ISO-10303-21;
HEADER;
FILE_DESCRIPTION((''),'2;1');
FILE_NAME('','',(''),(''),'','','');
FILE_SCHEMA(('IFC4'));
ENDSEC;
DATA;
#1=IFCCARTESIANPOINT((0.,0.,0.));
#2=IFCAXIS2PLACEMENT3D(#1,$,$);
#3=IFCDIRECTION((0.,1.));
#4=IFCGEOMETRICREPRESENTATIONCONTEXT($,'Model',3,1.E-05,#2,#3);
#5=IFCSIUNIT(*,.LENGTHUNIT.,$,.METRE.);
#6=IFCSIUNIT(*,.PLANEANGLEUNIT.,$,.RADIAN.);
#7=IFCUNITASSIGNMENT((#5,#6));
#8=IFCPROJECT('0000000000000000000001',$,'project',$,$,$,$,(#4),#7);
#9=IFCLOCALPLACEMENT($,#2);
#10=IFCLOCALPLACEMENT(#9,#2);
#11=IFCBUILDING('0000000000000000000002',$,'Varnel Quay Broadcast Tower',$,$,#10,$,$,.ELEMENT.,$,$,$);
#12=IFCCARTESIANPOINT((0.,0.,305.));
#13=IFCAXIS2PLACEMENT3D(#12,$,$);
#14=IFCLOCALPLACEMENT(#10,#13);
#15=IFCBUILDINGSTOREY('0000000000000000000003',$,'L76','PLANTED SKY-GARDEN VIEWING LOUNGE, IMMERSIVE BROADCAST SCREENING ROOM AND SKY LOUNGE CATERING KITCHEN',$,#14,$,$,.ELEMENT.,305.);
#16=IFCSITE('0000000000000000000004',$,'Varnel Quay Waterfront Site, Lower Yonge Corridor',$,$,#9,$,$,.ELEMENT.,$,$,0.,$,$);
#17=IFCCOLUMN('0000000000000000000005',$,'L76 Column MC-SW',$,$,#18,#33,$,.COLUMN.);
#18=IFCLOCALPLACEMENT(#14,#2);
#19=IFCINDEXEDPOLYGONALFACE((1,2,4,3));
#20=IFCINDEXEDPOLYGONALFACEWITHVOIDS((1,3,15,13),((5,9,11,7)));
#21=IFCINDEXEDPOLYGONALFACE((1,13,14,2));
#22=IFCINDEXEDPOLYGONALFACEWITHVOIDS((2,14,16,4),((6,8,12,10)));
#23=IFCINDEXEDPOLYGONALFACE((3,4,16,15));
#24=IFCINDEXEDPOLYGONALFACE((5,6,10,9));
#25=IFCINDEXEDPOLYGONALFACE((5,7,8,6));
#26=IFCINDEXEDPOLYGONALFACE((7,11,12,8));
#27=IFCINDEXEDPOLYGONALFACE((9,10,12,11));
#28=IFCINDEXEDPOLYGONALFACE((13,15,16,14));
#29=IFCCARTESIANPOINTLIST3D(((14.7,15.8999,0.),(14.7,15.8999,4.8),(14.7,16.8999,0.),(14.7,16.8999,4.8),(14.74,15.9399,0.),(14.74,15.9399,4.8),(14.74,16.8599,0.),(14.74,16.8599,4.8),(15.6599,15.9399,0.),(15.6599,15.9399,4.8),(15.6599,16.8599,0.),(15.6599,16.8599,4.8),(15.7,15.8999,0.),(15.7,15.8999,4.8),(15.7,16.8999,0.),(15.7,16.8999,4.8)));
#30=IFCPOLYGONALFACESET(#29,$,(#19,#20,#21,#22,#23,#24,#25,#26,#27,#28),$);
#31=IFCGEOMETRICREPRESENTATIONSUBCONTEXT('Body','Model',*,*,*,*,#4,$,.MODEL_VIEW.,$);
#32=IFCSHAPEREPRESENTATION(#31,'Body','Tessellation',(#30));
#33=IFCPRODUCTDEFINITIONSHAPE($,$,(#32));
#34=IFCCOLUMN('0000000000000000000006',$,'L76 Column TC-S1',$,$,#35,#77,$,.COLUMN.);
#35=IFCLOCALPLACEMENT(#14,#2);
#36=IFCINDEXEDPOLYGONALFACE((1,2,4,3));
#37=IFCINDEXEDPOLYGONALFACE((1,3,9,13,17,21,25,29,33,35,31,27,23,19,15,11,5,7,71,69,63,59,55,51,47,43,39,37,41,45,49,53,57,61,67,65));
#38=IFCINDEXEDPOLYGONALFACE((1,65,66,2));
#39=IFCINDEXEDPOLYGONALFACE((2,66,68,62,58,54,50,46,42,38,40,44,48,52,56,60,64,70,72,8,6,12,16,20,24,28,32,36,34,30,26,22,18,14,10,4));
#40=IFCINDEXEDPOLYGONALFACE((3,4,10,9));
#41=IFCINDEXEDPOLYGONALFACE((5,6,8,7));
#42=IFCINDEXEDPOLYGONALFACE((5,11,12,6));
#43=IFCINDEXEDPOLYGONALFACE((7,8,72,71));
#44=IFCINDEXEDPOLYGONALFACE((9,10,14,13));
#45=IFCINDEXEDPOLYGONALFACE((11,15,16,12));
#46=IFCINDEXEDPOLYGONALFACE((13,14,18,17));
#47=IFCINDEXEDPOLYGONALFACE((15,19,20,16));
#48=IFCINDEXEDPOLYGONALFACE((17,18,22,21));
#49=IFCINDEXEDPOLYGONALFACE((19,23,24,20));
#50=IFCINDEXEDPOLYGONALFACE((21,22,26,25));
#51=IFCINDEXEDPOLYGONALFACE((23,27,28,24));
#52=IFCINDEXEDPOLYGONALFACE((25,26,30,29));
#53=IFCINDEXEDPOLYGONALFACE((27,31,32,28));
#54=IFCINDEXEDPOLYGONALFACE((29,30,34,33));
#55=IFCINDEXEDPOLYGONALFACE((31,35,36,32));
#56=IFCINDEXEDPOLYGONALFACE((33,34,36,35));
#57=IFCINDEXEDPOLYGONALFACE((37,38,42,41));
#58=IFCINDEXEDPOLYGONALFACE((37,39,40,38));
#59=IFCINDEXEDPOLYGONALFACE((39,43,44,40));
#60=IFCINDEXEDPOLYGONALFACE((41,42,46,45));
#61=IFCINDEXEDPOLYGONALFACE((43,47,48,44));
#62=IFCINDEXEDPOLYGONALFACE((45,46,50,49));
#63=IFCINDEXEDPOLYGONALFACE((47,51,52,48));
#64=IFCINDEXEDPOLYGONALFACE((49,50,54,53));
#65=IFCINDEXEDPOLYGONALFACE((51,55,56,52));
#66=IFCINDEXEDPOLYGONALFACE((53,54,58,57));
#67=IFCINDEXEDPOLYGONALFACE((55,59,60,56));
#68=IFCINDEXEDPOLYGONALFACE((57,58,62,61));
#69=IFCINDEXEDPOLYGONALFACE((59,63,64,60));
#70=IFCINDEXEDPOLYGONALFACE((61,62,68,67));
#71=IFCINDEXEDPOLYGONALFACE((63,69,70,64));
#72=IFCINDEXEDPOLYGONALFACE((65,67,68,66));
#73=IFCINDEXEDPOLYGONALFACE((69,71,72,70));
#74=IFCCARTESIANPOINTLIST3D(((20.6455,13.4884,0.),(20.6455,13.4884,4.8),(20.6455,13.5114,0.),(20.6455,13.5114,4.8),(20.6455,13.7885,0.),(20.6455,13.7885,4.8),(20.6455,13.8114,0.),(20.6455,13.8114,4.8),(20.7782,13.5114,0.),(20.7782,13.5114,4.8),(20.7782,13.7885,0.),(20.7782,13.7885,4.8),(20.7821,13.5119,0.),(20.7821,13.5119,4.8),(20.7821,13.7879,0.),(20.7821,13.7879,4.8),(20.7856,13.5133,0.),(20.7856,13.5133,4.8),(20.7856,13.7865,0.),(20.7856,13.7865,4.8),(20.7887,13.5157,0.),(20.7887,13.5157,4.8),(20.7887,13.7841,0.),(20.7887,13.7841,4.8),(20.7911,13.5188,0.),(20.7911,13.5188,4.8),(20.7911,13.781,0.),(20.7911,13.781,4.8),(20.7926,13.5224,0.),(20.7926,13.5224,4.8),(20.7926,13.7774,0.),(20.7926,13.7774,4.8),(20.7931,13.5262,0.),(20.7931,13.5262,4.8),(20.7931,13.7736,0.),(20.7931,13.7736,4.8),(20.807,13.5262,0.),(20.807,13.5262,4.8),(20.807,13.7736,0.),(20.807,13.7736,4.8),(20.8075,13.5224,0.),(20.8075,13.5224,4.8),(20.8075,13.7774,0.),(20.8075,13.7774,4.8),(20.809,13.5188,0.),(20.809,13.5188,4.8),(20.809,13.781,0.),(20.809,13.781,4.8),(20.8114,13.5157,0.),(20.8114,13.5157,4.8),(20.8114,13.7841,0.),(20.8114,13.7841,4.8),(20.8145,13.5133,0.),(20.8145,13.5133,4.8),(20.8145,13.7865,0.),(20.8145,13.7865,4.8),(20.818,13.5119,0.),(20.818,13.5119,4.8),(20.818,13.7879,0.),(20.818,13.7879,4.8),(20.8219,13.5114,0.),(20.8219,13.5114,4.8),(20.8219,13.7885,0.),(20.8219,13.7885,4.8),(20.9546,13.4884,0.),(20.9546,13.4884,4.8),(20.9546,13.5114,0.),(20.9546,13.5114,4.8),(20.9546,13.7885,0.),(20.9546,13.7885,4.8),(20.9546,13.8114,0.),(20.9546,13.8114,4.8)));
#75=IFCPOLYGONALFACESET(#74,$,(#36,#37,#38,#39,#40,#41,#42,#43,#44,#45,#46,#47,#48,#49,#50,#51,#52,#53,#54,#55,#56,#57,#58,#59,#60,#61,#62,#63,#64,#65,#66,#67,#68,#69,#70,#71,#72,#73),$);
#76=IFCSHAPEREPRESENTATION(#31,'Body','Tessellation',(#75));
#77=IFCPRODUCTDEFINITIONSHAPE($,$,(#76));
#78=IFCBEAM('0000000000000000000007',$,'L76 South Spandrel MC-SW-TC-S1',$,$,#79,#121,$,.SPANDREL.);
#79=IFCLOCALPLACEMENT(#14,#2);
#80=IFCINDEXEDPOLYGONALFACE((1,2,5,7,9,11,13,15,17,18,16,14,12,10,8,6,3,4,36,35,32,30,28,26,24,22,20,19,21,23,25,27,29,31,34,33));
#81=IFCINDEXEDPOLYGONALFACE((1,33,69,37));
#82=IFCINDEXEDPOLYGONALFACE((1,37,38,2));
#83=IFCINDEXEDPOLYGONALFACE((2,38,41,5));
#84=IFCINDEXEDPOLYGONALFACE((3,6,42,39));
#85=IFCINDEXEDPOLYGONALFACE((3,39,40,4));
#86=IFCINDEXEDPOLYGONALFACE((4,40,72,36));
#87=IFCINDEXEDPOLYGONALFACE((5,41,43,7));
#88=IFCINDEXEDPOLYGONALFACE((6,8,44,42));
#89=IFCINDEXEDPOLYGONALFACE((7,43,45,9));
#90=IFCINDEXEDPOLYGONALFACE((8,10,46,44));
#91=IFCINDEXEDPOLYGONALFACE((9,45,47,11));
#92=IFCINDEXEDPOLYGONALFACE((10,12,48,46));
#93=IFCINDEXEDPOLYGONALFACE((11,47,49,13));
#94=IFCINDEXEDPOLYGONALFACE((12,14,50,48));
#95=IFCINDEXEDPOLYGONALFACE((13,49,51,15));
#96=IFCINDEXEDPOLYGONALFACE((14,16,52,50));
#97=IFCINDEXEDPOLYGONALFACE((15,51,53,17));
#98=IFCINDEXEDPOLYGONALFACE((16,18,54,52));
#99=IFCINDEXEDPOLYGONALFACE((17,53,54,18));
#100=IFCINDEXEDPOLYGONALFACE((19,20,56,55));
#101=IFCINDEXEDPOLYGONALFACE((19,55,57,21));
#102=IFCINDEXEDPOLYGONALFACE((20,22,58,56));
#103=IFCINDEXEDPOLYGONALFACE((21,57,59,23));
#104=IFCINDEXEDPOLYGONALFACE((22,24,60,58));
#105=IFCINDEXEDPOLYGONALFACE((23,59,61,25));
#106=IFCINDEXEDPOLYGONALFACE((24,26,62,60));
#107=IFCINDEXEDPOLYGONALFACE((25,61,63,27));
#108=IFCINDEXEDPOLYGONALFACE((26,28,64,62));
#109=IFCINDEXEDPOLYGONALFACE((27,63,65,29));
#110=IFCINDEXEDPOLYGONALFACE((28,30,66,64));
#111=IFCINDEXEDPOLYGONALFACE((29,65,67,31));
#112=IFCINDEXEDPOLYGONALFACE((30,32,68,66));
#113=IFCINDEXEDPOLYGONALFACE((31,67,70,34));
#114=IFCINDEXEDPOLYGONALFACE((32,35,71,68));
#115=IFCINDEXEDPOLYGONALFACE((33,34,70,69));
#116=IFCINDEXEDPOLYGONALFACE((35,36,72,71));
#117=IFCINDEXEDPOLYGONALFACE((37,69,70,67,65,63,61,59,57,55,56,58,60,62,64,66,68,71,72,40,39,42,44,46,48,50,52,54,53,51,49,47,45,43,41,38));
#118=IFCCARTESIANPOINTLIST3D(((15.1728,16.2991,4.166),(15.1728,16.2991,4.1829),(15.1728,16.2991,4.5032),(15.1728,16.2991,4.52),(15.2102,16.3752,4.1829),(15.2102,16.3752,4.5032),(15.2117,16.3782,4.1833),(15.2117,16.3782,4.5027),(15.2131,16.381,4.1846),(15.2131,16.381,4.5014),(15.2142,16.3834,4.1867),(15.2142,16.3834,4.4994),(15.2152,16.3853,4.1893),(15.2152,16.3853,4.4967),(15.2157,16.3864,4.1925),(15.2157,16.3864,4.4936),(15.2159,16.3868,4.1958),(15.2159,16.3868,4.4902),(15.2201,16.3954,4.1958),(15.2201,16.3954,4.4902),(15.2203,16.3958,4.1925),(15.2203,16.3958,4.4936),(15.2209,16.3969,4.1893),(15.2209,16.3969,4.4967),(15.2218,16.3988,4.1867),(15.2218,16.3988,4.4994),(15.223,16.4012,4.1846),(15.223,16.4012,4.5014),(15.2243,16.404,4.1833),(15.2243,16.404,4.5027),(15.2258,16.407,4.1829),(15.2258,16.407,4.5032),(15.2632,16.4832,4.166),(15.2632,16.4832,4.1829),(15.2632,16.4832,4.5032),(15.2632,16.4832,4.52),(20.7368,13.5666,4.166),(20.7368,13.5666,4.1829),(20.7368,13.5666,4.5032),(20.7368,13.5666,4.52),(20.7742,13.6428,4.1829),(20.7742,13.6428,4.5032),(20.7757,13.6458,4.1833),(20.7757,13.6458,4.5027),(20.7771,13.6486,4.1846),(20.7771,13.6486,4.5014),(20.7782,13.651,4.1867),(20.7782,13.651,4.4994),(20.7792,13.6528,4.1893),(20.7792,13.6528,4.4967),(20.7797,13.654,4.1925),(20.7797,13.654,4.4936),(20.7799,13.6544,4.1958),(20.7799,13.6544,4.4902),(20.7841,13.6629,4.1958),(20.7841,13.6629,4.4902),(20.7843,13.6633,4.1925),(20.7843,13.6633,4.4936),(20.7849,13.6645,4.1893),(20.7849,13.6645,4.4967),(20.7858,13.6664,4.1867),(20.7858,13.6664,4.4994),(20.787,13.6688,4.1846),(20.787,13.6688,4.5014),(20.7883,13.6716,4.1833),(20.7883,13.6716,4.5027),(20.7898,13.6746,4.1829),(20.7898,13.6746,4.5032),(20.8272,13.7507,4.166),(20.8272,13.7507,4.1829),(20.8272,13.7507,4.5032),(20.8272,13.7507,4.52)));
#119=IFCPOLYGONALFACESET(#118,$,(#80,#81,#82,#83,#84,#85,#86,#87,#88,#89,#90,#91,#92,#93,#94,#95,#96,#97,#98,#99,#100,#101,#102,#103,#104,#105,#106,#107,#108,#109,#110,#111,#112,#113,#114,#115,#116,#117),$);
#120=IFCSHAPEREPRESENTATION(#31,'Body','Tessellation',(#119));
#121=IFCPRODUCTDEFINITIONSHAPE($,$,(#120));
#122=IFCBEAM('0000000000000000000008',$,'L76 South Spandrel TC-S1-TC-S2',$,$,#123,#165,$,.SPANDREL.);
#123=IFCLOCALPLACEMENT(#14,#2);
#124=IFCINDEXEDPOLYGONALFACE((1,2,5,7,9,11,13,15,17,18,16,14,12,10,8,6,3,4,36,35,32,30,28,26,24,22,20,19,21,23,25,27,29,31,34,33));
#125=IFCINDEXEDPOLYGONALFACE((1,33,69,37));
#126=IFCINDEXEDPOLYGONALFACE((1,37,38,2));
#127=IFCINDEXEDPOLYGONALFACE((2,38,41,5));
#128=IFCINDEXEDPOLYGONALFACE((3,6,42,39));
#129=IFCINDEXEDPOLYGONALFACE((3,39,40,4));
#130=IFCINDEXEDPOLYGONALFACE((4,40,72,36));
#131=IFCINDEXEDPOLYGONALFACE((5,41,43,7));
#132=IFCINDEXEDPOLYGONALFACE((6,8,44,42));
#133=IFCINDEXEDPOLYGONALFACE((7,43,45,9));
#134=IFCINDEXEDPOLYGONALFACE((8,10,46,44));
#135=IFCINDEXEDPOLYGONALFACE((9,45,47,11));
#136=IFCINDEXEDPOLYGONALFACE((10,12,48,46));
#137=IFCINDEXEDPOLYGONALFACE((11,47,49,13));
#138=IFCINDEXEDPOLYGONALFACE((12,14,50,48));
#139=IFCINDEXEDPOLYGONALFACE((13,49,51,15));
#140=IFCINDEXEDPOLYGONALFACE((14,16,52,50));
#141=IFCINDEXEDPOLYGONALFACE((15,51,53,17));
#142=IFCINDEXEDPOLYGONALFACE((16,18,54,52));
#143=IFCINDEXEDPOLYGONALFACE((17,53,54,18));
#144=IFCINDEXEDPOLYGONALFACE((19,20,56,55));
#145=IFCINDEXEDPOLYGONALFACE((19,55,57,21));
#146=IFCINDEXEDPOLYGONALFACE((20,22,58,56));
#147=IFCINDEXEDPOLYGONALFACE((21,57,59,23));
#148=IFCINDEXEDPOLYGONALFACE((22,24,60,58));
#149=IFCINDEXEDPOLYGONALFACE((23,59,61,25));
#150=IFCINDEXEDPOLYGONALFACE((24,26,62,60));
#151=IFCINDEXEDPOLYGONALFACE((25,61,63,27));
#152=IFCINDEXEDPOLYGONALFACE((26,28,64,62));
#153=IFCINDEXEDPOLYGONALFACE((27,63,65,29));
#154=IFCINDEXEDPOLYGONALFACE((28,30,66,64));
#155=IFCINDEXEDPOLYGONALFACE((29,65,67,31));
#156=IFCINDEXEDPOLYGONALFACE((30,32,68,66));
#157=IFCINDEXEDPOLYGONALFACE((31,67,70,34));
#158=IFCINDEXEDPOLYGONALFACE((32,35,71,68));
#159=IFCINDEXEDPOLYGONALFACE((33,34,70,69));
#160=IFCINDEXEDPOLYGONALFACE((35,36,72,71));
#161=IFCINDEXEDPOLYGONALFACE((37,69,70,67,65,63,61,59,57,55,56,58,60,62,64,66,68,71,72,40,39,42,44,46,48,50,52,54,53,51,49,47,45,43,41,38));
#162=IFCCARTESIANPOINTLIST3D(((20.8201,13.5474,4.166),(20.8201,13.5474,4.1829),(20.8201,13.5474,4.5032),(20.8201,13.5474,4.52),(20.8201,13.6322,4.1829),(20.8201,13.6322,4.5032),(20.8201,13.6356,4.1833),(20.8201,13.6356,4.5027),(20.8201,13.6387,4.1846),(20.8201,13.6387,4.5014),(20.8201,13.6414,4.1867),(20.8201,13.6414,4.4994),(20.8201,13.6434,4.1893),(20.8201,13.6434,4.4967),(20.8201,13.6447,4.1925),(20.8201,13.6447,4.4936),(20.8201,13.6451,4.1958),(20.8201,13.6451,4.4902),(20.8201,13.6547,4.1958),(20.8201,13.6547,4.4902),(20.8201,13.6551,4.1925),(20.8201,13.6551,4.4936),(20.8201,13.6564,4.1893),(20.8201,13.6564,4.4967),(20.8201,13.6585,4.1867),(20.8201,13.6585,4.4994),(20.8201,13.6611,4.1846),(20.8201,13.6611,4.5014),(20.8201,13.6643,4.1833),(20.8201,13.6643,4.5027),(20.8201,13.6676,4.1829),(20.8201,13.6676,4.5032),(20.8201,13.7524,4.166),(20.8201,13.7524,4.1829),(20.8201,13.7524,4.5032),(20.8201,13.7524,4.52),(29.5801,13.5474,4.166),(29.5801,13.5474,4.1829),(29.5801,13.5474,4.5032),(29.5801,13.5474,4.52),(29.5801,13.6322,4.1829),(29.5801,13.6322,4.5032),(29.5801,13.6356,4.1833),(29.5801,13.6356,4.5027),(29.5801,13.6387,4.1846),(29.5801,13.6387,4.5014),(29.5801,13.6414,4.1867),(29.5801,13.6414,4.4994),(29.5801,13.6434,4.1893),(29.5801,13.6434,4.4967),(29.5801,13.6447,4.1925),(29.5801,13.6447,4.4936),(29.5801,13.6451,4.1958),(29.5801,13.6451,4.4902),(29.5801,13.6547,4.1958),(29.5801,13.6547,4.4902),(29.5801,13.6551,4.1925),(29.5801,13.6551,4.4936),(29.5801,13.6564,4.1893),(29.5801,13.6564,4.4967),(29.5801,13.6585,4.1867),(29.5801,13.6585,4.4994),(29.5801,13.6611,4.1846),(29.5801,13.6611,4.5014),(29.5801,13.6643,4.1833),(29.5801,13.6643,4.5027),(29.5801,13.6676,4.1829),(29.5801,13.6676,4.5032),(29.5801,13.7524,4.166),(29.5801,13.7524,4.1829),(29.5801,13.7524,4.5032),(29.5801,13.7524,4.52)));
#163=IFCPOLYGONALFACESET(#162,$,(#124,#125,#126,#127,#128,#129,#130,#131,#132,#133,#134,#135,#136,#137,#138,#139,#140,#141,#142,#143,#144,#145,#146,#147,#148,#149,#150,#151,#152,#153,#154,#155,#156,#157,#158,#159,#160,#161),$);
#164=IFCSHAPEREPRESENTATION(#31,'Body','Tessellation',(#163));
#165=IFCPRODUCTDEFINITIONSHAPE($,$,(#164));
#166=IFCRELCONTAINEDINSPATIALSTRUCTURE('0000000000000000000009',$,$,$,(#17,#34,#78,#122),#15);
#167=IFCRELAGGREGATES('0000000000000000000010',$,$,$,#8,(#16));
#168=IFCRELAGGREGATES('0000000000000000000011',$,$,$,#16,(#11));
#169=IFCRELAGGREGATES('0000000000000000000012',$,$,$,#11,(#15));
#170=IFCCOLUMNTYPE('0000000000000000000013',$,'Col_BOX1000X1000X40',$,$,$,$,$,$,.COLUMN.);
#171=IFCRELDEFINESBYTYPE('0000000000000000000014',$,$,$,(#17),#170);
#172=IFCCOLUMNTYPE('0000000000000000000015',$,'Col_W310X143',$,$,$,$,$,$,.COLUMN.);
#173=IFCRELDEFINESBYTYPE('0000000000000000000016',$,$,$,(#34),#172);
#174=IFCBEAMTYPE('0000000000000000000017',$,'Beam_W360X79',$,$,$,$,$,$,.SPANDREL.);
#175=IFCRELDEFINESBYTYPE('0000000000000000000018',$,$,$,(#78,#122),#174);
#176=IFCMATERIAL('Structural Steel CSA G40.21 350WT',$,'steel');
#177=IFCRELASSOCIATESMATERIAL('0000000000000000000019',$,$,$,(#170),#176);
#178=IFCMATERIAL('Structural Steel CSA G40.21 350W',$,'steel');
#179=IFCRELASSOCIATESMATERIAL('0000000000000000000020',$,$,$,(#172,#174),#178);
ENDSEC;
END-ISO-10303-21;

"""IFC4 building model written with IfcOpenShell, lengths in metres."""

from ifc_helpers import new_model, si_unit, direction, frame, origin, origin_2d, place, context, subcontext, project, spatial, hollow_rectangle, i_section, extrude, source, transform, mapped, material, material_profile, profile_set, type_object, type_shapes, element, save


model = new_model("IFC4")

# Units and contexts
model_context = context("Model", 3, precision=1e-05, world=origin(), true_north=direction((0.0, 1.0)))
body_context = subcontext(model_context, "Body", "Model", "MODEL_VIEW")
ifc_project = project(units=[si_unit("LENGTHUNIT", "METRE"), si_unit("PLANEANGLEUNIT", "RADIAN")], contexts=[model_context])

# Site, building, storey
site_placement = place(None, origin())
site = spatial("IfcSite", under=ifc_project, at=site_placement, Name="Varnel Quay Waterfront Site, Lower Yonge Corridor", CompositionType="ELEMENT", RefElevation=0.0)
building_placement = place(site_placement, origin())
building = spatial("IfcBuilding", under=site, at=building_placement, Name="Varnel Quay Broadcast Tower", CompositionType="ELEMENT")
storey_placement = place(building_placement, frame((0.0, 0.0, 305.0)))
storey = spatial("IfcBuildingStorey", under=building, at=storey_placement, Name="L76", Description="PLANTED SKY-GARDEN VIEWING LOUNGE, IMMERSIVE BROADCAST SCREENING ROOM AND SKY LOUNGE CATERING KITCHEN", CompositionType="ELEMENT", Elevation=305.0)

# Columns
ifc_material_1 = material(Name="Structural Steel CSA G40.21 350WT", Category="steel")
ifc_material_profile_1 = material_profile(ifc_material_1, hollow_rectangle(XDim=1.0, YDim=1.0, WallThickness=0.04, at=origin_2d()), Name="BOX1000X1000X40")
ifc_profile_set_1 = profile_set([ifc_material_profile_1], Name="Structural Steel CSA G40.21 350WT")
column_type_1 = type_object("IfcColumnType", Name="Col_BOX1000X1000X40", PredefinedType="COLUMN", material=ifc_profile_set_1)
shared_shape_1 = source(origin(), body_context, "Body", "SweptSolid", [
    extrude(hollow_rectangle(XDim=1.0, YDim=1.0, WallThickness=0.04, at=origin_2d()), origin(), (0.0, 0.0, 1.0), 4.8),
])
type_shapes(column_type_1, [shared_shape_1])
column_1_placement = place(storey_placement, frame((15.2, 16.3999, 0.0), z_axis=(0.0, 0.0, 1.0), x_axis=(1.0, 0.0, 0.0)))
element("IfcColumn", 1, at=column_1_placement, inside=storey, type_object=column_type_1, Name="L76 Column MC-SW", PredefinedType="COLUMN", context=body_context, shape_type="MappedRepresentation", body=[
    mapped(shared_shape_1, transform((0.0, 0.0, 0.0), x_axis=(1.0, 0.0, 0.0), y_axis=(0.0, 1.0, 0.0), z_axis=(0.0, 0.0, 1.0), scale=1.0)),
])
ifc_material_2 = material(Name="Structural Steel CSA G40.21 350W", Category="steel")
ifc_material_profile_2 = material_profile(ifc_material_2, i_section(OverallWidth=0.3091, OverallDepth=0.323, WebThickness=0.0139, FlangeThickness=0.0229, FilletRadius=0.0149, at=origin_2d()), Name="W310X143")
ifc_profile_set_2 = profile_set([ifc_material_profile_2], Name="Structural Steel CSA G40.21 350W")
column_type_2 = type_object("IfcColumnType", Name="Col_W310X143", PredefinedType="COLUMN", material=ifc_profile_set_2)
shared_shape_2 = source(origin(), body_context, "Body", "SweptSolid", [
    extrude(i_section(OverallWidth=0.3091, OverallDepth=0.323, WebThickness=0.0139, FlangeThickness=0.0229, FilletRadius=0.0149, at=origin_2d()), origin(), (0.0, 0.0, 1.0), 4.8),
])
type_shapes(column_type_2, [shared_shape_2])
column_2_placement = place(storey_placement, frame((20.8, 13.6499, 0.0), z_axis=(0.0, 0.0, 1.0), x_axis=(1.0, 0.0, 0.0)))
element("IfcColumn", 2, at=column_2_placement, inside=storey, type_object=column_type_2, Name="L76 Column TC-S1", PredefinedType="COLUMN", context=body_context, shape_type="MappedRepresentation", body=[
    mapped(shared_shape_2, transform((0.0, 0.0, 0.0), x_axis=(1.0, 0.0, 0.0), y_axis=(0.0, 1.0, 0.0), z_axis=(0.0, 0.0, 1.0), scale=1.0)),
])

# Beams
ifc_material_profile_3 = material_profile(ifc_material_2, i_section(OverallWidth=0.2051, OverallDepth=0.354, WebThickness=0.0095, FlangeThickness=0.0168, FilletRadius=0.0129, at=origin_2d()), Name="W360X79")
ifc_profile_set_3 = profile_set([ifc_material_profile_3], Name="Structural Steel CSA G40.21 350W")
beam_type_1 = type_object("IfcBeamType", Name="Beam_W360X79", PredefinedType="SPANDREL", material=ifc_profile_set_3)
shared_shape_3 = source(origin(), body_context, "Body", "SweptSolid", [
    extrude(i_section(OverallWidth=0.2051, OverallDepth=0.354, WebThickness=0.0095, FlangeThickness=0.0168, FilletRadius=0.0129, at=origin_2d()), origin(), (0.0, 0.0, 1.0), 6.1987),
])
beam_1_placement = place(storey_placement, frame((15.218, 16.3911, 4.343), z_axis=(0.897602, -0.440806, 0.0), x_axis=(0.440806, 0.897602, 0.0)))
element("IfcBeam", 3, at=beam_1_placement, inside=storey, type_object=beam_type_1, Name="L76 South Spandrel MC-SW-TC-S1", PredefinedType="SPANDREL", context=body_context, shape_type="MappedRepresentation", body=[
    mapped(shared_shape_3, transform((0.0, 0.0, 0.0), x_axis=(1.0, 0.0, 0.0), y_axis=(0.0, 1.0, 0.0), z_axis=(0.0, 0.0, 1.0), scale=1.0)),
])
shared_shape_4 = source(origin(), body_context, "Body", "SweptSolid", [
    extrude(i_section(OverallWidth=0.2051, OverallDepth=0.354, WebThickness=0.0095, FlangeThickness=0.0168, FilletRadius=0.0129, at=origin_2d()), origin(), (0.0, 0.0, 1.0), 8.76),
])
type_shapes(beam_type_1, [shared_shape_3, shared_shape_4])
beam_2_placement = place(storey_placement, frame((20.8201, 13.6499, 4.343), z_axis=(1.0, 0.0, 0.0), x_axis=(0.0, 1.0, 0.0)))
element("IfcBeam", 4, at=beam_2_placement, inside=storey, type_object=beam_type_1, Name="L76 South Spandrel TC-S1-TC-S2", PredefinedType="SPANDREL", context=body_context, shape_type="MappedRepresentation", body=[
    mapped(shared_shape_4, transform((0.0, 0.0, 0.0), x_axis=(1.0, 0.0, 0.0), y_axis=(0.0, 1.0, 0.0), z_axis=(0.0, 0.0, 1.0), scale=1.0)),
])

save(model, "model.ifc")
